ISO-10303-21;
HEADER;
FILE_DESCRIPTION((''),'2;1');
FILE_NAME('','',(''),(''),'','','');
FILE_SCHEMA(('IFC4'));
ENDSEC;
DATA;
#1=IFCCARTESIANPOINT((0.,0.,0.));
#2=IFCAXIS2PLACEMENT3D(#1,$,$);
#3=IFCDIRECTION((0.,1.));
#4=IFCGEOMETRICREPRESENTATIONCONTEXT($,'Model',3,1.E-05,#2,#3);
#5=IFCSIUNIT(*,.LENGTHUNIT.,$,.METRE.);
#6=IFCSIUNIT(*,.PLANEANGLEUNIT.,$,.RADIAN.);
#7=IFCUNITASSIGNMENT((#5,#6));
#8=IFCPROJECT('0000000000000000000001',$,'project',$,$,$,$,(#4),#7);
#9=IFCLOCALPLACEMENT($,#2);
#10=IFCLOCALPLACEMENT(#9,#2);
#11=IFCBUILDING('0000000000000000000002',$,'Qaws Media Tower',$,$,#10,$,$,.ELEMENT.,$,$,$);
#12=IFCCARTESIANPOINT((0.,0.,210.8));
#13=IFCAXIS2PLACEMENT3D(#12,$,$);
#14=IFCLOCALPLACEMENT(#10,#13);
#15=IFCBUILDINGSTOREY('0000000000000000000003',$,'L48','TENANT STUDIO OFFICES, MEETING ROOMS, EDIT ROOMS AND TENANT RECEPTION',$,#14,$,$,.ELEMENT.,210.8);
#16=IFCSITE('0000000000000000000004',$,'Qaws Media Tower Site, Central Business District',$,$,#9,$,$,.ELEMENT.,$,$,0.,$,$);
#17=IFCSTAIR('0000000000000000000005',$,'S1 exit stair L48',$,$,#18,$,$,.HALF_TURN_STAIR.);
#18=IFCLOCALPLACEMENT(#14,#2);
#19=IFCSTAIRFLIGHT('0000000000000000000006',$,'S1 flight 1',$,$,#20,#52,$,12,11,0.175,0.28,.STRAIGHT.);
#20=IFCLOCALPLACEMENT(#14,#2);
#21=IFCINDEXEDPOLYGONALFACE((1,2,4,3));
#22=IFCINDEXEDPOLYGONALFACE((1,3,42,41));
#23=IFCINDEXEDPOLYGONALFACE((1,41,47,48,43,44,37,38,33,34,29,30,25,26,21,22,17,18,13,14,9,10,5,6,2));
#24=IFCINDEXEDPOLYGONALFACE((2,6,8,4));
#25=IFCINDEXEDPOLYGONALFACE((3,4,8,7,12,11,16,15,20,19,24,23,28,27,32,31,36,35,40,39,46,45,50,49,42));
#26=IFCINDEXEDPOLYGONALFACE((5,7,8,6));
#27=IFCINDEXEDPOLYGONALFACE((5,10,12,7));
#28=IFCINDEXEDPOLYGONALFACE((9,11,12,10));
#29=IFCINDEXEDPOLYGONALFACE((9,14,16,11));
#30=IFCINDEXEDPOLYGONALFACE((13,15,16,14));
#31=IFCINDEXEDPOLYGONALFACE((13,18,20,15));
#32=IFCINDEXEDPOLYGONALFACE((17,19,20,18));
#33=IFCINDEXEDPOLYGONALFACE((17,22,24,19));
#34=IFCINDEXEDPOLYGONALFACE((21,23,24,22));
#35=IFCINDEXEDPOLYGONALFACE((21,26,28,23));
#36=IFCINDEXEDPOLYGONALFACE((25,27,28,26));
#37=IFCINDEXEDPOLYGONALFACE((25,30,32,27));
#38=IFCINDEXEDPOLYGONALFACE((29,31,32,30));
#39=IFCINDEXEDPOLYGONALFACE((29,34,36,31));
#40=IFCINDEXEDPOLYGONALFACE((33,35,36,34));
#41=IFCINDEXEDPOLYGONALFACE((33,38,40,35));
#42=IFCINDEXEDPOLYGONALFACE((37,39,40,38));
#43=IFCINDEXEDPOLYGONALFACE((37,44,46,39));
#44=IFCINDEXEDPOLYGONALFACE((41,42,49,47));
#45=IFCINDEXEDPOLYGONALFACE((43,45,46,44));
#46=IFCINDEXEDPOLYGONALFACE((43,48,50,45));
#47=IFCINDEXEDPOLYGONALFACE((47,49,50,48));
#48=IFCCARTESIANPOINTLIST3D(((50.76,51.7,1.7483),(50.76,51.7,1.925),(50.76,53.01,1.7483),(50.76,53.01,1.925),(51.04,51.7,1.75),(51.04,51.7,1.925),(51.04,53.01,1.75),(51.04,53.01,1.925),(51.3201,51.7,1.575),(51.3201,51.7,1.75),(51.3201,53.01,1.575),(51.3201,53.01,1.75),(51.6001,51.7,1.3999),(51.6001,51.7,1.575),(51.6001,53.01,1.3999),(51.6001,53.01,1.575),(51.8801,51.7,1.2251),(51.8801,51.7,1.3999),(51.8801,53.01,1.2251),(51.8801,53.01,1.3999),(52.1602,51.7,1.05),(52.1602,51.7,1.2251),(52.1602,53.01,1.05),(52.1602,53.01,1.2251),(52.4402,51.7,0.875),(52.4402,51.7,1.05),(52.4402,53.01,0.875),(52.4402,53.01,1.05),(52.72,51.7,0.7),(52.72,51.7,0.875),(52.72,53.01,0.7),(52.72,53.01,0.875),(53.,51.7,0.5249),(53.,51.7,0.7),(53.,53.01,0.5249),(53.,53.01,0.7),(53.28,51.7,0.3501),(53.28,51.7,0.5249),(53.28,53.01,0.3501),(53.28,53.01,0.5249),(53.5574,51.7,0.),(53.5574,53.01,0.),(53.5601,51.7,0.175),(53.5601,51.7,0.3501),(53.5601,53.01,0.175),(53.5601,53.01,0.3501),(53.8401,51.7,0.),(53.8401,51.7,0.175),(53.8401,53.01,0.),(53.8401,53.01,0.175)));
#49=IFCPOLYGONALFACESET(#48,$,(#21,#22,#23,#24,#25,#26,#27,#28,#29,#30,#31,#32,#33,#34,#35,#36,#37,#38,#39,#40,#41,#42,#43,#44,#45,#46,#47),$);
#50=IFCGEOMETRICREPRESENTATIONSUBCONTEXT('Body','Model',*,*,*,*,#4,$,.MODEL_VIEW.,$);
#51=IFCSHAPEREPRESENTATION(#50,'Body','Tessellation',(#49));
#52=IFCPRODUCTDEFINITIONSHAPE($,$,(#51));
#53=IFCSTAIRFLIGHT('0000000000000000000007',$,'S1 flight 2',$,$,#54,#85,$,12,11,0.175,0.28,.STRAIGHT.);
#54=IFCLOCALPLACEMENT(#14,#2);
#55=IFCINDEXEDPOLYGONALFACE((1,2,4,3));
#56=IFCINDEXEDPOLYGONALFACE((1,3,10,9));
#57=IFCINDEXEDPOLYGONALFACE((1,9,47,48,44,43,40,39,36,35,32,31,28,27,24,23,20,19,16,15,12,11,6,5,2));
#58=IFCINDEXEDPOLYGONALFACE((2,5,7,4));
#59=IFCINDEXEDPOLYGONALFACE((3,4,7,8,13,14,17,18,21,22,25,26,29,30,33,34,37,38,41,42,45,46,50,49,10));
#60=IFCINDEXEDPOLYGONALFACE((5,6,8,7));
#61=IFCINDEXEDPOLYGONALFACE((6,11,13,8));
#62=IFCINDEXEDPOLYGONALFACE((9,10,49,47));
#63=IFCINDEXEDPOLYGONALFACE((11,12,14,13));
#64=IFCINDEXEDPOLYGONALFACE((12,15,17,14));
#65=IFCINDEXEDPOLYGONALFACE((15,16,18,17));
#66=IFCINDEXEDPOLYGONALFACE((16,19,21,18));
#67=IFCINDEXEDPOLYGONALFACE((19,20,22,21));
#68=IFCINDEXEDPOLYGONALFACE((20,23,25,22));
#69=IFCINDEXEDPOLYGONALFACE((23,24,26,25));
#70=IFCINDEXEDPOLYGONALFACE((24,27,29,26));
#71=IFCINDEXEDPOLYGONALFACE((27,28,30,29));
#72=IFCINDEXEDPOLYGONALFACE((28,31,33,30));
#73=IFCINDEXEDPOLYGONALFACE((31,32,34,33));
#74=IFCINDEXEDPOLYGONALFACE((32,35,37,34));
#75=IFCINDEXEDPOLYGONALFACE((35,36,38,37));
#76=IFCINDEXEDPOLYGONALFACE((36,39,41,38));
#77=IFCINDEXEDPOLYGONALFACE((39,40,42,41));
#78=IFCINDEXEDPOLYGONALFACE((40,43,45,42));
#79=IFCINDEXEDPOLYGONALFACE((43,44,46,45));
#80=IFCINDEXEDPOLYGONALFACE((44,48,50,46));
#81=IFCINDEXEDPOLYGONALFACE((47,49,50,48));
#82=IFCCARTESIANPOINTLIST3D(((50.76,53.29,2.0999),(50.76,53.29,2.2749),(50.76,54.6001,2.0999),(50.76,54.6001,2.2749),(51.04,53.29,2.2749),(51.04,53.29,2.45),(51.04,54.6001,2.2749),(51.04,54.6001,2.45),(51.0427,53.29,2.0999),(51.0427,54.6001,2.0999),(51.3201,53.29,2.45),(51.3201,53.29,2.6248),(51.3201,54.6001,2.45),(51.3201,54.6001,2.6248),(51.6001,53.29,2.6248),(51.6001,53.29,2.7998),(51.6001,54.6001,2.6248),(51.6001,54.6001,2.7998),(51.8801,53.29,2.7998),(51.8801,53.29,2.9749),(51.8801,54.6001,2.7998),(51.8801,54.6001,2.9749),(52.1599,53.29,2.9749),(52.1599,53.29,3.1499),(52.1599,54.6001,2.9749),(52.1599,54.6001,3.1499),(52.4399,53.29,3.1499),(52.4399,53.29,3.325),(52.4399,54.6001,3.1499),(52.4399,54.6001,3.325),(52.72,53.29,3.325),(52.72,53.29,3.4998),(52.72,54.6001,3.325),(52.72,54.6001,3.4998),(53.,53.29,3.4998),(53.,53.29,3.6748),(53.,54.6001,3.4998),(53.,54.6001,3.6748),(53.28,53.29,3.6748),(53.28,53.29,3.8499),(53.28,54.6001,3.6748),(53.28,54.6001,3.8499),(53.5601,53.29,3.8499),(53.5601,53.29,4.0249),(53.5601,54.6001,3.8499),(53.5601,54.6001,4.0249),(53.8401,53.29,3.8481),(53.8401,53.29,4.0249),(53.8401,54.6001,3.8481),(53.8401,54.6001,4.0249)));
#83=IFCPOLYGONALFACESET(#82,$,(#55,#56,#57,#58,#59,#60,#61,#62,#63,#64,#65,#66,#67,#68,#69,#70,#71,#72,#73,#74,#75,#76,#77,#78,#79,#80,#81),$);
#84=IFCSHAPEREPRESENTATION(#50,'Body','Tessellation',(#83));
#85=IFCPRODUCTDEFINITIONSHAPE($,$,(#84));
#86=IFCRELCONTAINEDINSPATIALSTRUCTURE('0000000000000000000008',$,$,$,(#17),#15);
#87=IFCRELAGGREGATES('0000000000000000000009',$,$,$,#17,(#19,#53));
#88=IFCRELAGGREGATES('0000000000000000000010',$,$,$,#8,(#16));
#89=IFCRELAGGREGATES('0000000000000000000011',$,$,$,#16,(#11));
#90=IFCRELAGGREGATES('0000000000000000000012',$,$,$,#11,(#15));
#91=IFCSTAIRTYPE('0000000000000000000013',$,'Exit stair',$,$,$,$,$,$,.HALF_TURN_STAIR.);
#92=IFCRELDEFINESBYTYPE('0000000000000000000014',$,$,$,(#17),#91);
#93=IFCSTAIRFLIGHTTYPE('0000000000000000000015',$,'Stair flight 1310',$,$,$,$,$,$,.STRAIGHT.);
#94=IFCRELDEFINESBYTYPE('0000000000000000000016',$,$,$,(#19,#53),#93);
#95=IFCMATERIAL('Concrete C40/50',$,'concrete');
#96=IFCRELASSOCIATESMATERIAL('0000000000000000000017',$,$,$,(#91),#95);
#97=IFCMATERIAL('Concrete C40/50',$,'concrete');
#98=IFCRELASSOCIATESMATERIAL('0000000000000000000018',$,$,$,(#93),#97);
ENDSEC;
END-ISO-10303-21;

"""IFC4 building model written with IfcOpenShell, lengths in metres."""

from ifc_helpers import new_model, si_unit, direction, frame, origin, place, context, subcontext, project, spatial, polyline, outline, extrude, material, type_object, element, aggregate, save


model = new_model("IFC4")

# Units and contexts
model_context = context("Model", 3, precision=1e-05, world=origin(), true_north=direction((0.0, 1.0)))
body_context = subcontext(model_context, "Body", "Model", "MODEL_VIEW")
ifc_project = project(units=[si_unit("LENGTHUNIT", "METRE"), si_unit("PLANEANGLEUNIT", "RADIAN")], contexts=[model_context])

# Site, building, storey
site_placement = place(None, origin())
site = spatial("IfcSite", under=ifc_project, at=site_placement, Name="Qaws Media Tower Site, Central Business District", CompositionType="ELEMENT", RefElevation=0.0)
building_placement = place(site_placement, origin())
building = spatial("IfcBuilding", under=site, at=building_placement, Name="Qaws Media Tower", CompositionType="ELEMENT")
storey_placement = place(building_placement, frame((0.0, 0.0, 210.8)))
storey = spatial("IfcBuildingStorey", under=building, at=storey_placement, Name="L48", Description="TENANT STUDIO OFFICES, MEETING ROOMS, EDIT ROOMS AND TENANT RECEPTION", CompositionType="ELEMENT", Elevation=210.8)

# Stair, stair flights
ifc_material_1 = material(Name="Concrete C40/50", Category="concrete")
stair_type = type_object("IfcStairType", Name="Exit stair", PredefinedType="HALF_TURN_STAIR", material=ifc_material_1)
stair_placement = place(storey_placement, origin())
stair = element("IfcStair", 1, at=stair_placement, inside=storey, type_object=stair_type, Name="S1 exit stair L48", PredefinedType="HALF_TURN_STAIR")
ifc_material_2 = material(Name="Concrete C40/50", Category="concrete")
stair_flight_type = type_object("IfcStairFlightType", Name="Stair flight 1310", PredefinedType="STRAIGHT", material=ifc_material_2)
stair_flight_1_placement = place(storey_placement, frame((53.8401, 52.355, 0.0), z_axis=(0.0, 0.0, 1.0), x_axis=(-1.0, 0.0, 0.0)))
stair_flight_1 = element("IfcStairFlight", 2, at=stair_flight_1_placement, type_object=stair_flight_type, Name="S1 flight 1", NumberOfRisers=12, NumberOfTreads=11, PredefinedType="STRAIGHT", RiserHeight=0.175, TreadLength=0.28, context=body_context, shape_type="SweptSolid", body=[
    extrude(outline(polyline([(0.0, 0.0), (0.0, 0.175), (0.28, 0.175), (0.28, 0.3501), (0.5601, 0.3501), (0.5601, 0.5249), (0.8401, 0.5249), (0.8401, 0.7), (1.1201, 0.7), (1.1201, 0.875), (1.3999, 0.875), (1.3999, 1.05), (1.6799, 1.05), (1.6799, 1.2251), (1.96, 1.2251), (1.96, 1.3999), (2.24, 1.3999), (2.24, 1.575), (2.52, 1.575), (2.52, 1.75), (2.8, 1.75), (2.8, 1.925), (3.0801, 1.925), (3.0801, 2.1001), (3.0801, 1.7483), (0.2827, 0.0), (0.0, 0.0)])), frame((0.0, 0.655, 0.0), z_axis=(0.0, -1.0, 0.0), x_axis=(1.0, 0.0, 0.0)), (0.0, 0.0, 1.0), 1.3101),
])
stair_flight_2_placement = place(storey_placement, frame((50.76, 53.9451, 2.0999), z_axis=(0.0, 0.0, 1.0), x_axis=(1.0, 0.0, 0.0)))
stair_flight_2 = element("IfcStairFlight", 3, at=stair_flight_2_placement, type_object=stair_flight_type, Name="S1 flight 2", NumberOfRisers=12, NumberOfTreads=11, PredefinedType="STRAIGHT", RiserHeight=0.175, TreadLength=0.28, context=body_context, shape_type="SweptSolid", body=[
    extrude(outline(polyline([(0.0, 0.0), (0.0, 0.175), (0.28, 0.175), (0.28, 0.3501), (0.5601, 0.3501), (0.5601, 0.5249), (0.8401, 0.5249), (0.8401, 0.7), (1.1201, 0.7), (1.1201, 0.875), (1.3999, 0.875), (1.3999, 1.05), (1.6799, 1.05), (1.6799, 1.2251), (1.96, 1.2251), (1.96, 1.3999), (2.24, 1.3999), (2.24, 1.575), (2.52, 1.575), (2.52, 1.75), (2.8, 1.75), (2.8, 1.925), (3.0801, 1.925), (3.0801, 2.1001), (3.0801, 1.7483), (0.2827, 0.0), (0.0, 0.0)])), frame((0.0, 0.655, 0.0), z_axis=(0.0, -1.0, 0.0), x_axis=(1.0, 0.0, 0.0)), (0.0, 0.0, 1.0), 1.3101),
])
aggregate(stair, [stair_flight_1, stair_flight_2])

save(model, "model.ifc")
